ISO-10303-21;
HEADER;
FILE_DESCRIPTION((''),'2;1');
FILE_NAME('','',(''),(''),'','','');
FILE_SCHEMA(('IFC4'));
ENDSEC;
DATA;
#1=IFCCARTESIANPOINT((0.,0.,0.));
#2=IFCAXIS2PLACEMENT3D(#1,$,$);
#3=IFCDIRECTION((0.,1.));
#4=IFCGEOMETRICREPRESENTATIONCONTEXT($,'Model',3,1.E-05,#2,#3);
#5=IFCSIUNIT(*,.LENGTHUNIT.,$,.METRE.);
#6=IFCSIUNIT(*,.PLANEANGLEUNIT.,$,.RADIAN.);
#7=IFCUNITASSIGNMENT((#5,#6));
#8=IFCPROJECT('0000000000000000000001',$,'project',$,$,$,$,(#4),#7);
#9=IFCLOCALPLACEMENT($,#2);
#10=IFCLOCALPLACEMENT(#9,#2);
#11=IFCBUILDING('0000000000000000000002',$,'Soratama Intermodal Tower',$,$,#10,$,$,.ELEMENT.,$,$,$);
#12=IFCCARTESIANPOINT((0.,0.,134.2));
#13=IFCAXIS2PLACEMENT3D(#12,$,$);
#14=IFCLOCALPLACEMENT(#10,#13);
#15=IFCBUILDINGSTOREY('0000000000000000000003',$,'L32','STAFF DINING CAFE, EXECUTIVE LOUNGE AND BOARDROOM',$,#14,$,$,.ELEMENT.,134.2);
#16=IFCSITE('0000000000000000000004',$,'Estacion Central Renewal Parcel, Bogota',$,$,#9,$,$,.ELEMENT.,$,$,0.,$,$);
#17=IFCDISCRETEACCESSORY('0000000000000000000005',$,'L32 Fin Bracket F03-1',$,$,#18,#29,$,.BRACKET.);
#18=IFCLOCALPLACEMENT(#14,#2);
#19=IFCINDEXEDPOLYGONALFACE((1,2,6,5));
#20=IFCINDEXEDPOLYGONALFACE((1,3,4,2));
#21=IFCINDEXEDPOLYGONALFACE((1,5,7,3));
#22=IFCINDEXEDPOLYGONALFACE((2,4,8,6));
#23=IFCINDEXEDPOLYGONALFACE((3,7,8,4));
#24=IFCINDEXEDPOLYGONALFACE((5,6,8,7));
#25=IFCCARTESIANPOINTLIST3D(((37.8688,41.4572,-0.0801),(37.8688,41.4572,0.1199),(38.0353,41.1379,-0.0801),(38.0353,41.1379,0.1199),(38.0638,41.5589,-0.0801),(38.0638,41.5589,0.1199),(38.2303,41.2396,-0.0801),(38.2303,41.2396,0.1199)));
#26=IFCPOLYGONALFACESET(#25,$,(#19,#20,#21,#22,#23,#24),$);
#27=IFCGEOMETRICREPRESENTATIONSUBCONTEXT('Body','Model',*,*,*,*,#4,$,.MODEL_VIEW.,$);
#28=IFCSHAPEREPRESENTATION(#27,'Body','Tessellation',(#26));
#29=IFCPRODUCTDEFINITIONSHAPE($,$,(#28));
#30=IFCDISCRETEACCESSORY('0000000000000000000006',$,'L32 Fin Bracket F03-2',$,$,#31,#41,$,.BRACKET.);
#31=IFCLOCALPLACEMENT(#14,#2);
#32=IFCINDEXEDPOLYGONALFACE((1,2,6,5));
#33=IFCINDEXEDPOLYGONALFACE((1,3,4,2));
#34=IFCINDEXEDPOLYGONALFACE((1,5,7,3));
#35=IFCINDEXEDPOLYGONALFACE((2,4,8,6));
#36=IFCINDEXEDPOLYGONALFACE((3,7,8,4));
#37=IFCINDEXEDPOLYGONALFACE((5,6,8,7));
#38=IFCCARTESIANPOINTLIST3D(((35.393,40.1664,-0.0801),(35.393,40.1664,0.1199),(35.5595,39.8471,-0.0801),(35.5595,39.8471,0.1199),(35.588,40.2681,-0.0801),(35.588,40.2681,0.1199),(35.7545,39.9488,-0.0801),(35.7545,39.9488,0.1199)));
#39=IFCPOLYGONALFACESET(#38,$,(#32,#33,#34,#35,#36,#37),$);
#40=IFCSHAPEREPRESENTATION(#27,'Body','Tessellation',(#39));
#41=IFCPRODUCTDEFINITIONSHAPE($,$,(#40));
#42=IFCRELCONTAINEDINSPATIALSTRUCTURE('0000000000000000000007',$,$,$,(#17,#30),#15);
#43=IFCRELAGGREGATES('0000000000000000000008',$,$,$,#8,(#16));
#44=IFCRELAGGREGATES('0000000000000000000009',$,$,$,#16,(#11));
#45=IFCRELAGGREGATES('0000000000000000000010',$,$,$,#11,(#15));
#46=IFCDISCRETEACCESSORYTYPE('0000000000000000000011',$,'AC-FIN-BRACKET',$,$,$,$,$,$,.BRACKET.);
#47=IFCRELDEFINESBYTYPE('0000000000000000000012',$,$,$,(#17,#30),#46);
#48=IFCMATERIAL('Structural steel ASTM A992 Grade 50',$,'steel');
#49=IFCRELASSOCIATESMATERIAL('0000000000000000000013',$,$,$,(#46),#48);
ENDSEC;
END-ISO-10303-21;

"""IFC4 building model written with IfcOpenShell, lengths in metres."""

from ifc_helpers import new_model, si_unit, direction, frame, origin, origin_2d, place, context, subcontext, project, spatial, rectangle, extrude, material, type_object, element, save


model = new_model("IFC4")

# Units and contexts
model_context = context("Model", 3, precision=1e-05, world=origin(), true_north=direction((0.0, 1.0)))
body_context = subcontext(model_context, "Body", "Model", "MODEL_VIEW")
ifc_project = project(units=[si_unit("LENGTHUNIT", "METRE"), si_unit("PLANEANGLEUNIT", "RADIAN")], contexts=[model_context])

# Site, building, storey
site_placement = place(None, origin())
site = spatial("IfcSite", under=ifc_project, at=site_placement, Name="Estacion Central Renewal Parcel, Bogota", CompositionType="ELEMENT", RefElevation=0.0)
building_placement = place(site_placement, origin())
building = spatial("IfcBuilding", under=site, at=building_placement, Name="Soratama Intermodal Tower", CompositionType="ELEMENT")
storey_placement = place(building_placement, frame((0.0, 0.0, 134.2)))
storey = spatial("IfcBuildingStorey", under=building, at=storey_placement, Name="L32", Description="STAFF DINING CAFE, EXECUTIVE LOUNGE AND BOARDROOM", CompositionType="ELEMENT", Elevation=134.2)

# Discrete accessories
ifc_material_1 = material(Name="Structural steel ASTM A992 Grade 50", Category="steel")
discrete_accessory_type = type_object("IfcDiscreteAccessoryType", Name="AC-FIN-BRACKET", PredefinedType="BRACKET", material=ifc_material_1)
for number, where, z_axis, x_axis, name in (
    (1, (38.0496, 41.3484, -0.0801), (0.0, 0.0, 1.0), (-0.462368, 0.886688, 0.0), "L32 Fin Bracket F03-1"),
    (2, (35.5737, 40.0576, -0.0801), (0.0, 0.0, 1.0), (-0.462368, 0.886688, 0.0), "L32 Fin Bracket F03-2"),
):
    element("IfcDiscreteAccessory", number, at=place(storey_placement, frame(where, z_axis=z_axis, x_axis=x_axis)), inside=storey, type_object=discrete_accessory_type, Name=name, PredefinedType="BRACKET", context=body_context, shape_type="SweptSolid", body=[
        extrude(rectangle(XDim=0.3601, YDim=0.22, at=origin_2d()), origin(), (0.0, 0.0, 1.0), 0.2),
    ])

save(model, "model.ifc")
